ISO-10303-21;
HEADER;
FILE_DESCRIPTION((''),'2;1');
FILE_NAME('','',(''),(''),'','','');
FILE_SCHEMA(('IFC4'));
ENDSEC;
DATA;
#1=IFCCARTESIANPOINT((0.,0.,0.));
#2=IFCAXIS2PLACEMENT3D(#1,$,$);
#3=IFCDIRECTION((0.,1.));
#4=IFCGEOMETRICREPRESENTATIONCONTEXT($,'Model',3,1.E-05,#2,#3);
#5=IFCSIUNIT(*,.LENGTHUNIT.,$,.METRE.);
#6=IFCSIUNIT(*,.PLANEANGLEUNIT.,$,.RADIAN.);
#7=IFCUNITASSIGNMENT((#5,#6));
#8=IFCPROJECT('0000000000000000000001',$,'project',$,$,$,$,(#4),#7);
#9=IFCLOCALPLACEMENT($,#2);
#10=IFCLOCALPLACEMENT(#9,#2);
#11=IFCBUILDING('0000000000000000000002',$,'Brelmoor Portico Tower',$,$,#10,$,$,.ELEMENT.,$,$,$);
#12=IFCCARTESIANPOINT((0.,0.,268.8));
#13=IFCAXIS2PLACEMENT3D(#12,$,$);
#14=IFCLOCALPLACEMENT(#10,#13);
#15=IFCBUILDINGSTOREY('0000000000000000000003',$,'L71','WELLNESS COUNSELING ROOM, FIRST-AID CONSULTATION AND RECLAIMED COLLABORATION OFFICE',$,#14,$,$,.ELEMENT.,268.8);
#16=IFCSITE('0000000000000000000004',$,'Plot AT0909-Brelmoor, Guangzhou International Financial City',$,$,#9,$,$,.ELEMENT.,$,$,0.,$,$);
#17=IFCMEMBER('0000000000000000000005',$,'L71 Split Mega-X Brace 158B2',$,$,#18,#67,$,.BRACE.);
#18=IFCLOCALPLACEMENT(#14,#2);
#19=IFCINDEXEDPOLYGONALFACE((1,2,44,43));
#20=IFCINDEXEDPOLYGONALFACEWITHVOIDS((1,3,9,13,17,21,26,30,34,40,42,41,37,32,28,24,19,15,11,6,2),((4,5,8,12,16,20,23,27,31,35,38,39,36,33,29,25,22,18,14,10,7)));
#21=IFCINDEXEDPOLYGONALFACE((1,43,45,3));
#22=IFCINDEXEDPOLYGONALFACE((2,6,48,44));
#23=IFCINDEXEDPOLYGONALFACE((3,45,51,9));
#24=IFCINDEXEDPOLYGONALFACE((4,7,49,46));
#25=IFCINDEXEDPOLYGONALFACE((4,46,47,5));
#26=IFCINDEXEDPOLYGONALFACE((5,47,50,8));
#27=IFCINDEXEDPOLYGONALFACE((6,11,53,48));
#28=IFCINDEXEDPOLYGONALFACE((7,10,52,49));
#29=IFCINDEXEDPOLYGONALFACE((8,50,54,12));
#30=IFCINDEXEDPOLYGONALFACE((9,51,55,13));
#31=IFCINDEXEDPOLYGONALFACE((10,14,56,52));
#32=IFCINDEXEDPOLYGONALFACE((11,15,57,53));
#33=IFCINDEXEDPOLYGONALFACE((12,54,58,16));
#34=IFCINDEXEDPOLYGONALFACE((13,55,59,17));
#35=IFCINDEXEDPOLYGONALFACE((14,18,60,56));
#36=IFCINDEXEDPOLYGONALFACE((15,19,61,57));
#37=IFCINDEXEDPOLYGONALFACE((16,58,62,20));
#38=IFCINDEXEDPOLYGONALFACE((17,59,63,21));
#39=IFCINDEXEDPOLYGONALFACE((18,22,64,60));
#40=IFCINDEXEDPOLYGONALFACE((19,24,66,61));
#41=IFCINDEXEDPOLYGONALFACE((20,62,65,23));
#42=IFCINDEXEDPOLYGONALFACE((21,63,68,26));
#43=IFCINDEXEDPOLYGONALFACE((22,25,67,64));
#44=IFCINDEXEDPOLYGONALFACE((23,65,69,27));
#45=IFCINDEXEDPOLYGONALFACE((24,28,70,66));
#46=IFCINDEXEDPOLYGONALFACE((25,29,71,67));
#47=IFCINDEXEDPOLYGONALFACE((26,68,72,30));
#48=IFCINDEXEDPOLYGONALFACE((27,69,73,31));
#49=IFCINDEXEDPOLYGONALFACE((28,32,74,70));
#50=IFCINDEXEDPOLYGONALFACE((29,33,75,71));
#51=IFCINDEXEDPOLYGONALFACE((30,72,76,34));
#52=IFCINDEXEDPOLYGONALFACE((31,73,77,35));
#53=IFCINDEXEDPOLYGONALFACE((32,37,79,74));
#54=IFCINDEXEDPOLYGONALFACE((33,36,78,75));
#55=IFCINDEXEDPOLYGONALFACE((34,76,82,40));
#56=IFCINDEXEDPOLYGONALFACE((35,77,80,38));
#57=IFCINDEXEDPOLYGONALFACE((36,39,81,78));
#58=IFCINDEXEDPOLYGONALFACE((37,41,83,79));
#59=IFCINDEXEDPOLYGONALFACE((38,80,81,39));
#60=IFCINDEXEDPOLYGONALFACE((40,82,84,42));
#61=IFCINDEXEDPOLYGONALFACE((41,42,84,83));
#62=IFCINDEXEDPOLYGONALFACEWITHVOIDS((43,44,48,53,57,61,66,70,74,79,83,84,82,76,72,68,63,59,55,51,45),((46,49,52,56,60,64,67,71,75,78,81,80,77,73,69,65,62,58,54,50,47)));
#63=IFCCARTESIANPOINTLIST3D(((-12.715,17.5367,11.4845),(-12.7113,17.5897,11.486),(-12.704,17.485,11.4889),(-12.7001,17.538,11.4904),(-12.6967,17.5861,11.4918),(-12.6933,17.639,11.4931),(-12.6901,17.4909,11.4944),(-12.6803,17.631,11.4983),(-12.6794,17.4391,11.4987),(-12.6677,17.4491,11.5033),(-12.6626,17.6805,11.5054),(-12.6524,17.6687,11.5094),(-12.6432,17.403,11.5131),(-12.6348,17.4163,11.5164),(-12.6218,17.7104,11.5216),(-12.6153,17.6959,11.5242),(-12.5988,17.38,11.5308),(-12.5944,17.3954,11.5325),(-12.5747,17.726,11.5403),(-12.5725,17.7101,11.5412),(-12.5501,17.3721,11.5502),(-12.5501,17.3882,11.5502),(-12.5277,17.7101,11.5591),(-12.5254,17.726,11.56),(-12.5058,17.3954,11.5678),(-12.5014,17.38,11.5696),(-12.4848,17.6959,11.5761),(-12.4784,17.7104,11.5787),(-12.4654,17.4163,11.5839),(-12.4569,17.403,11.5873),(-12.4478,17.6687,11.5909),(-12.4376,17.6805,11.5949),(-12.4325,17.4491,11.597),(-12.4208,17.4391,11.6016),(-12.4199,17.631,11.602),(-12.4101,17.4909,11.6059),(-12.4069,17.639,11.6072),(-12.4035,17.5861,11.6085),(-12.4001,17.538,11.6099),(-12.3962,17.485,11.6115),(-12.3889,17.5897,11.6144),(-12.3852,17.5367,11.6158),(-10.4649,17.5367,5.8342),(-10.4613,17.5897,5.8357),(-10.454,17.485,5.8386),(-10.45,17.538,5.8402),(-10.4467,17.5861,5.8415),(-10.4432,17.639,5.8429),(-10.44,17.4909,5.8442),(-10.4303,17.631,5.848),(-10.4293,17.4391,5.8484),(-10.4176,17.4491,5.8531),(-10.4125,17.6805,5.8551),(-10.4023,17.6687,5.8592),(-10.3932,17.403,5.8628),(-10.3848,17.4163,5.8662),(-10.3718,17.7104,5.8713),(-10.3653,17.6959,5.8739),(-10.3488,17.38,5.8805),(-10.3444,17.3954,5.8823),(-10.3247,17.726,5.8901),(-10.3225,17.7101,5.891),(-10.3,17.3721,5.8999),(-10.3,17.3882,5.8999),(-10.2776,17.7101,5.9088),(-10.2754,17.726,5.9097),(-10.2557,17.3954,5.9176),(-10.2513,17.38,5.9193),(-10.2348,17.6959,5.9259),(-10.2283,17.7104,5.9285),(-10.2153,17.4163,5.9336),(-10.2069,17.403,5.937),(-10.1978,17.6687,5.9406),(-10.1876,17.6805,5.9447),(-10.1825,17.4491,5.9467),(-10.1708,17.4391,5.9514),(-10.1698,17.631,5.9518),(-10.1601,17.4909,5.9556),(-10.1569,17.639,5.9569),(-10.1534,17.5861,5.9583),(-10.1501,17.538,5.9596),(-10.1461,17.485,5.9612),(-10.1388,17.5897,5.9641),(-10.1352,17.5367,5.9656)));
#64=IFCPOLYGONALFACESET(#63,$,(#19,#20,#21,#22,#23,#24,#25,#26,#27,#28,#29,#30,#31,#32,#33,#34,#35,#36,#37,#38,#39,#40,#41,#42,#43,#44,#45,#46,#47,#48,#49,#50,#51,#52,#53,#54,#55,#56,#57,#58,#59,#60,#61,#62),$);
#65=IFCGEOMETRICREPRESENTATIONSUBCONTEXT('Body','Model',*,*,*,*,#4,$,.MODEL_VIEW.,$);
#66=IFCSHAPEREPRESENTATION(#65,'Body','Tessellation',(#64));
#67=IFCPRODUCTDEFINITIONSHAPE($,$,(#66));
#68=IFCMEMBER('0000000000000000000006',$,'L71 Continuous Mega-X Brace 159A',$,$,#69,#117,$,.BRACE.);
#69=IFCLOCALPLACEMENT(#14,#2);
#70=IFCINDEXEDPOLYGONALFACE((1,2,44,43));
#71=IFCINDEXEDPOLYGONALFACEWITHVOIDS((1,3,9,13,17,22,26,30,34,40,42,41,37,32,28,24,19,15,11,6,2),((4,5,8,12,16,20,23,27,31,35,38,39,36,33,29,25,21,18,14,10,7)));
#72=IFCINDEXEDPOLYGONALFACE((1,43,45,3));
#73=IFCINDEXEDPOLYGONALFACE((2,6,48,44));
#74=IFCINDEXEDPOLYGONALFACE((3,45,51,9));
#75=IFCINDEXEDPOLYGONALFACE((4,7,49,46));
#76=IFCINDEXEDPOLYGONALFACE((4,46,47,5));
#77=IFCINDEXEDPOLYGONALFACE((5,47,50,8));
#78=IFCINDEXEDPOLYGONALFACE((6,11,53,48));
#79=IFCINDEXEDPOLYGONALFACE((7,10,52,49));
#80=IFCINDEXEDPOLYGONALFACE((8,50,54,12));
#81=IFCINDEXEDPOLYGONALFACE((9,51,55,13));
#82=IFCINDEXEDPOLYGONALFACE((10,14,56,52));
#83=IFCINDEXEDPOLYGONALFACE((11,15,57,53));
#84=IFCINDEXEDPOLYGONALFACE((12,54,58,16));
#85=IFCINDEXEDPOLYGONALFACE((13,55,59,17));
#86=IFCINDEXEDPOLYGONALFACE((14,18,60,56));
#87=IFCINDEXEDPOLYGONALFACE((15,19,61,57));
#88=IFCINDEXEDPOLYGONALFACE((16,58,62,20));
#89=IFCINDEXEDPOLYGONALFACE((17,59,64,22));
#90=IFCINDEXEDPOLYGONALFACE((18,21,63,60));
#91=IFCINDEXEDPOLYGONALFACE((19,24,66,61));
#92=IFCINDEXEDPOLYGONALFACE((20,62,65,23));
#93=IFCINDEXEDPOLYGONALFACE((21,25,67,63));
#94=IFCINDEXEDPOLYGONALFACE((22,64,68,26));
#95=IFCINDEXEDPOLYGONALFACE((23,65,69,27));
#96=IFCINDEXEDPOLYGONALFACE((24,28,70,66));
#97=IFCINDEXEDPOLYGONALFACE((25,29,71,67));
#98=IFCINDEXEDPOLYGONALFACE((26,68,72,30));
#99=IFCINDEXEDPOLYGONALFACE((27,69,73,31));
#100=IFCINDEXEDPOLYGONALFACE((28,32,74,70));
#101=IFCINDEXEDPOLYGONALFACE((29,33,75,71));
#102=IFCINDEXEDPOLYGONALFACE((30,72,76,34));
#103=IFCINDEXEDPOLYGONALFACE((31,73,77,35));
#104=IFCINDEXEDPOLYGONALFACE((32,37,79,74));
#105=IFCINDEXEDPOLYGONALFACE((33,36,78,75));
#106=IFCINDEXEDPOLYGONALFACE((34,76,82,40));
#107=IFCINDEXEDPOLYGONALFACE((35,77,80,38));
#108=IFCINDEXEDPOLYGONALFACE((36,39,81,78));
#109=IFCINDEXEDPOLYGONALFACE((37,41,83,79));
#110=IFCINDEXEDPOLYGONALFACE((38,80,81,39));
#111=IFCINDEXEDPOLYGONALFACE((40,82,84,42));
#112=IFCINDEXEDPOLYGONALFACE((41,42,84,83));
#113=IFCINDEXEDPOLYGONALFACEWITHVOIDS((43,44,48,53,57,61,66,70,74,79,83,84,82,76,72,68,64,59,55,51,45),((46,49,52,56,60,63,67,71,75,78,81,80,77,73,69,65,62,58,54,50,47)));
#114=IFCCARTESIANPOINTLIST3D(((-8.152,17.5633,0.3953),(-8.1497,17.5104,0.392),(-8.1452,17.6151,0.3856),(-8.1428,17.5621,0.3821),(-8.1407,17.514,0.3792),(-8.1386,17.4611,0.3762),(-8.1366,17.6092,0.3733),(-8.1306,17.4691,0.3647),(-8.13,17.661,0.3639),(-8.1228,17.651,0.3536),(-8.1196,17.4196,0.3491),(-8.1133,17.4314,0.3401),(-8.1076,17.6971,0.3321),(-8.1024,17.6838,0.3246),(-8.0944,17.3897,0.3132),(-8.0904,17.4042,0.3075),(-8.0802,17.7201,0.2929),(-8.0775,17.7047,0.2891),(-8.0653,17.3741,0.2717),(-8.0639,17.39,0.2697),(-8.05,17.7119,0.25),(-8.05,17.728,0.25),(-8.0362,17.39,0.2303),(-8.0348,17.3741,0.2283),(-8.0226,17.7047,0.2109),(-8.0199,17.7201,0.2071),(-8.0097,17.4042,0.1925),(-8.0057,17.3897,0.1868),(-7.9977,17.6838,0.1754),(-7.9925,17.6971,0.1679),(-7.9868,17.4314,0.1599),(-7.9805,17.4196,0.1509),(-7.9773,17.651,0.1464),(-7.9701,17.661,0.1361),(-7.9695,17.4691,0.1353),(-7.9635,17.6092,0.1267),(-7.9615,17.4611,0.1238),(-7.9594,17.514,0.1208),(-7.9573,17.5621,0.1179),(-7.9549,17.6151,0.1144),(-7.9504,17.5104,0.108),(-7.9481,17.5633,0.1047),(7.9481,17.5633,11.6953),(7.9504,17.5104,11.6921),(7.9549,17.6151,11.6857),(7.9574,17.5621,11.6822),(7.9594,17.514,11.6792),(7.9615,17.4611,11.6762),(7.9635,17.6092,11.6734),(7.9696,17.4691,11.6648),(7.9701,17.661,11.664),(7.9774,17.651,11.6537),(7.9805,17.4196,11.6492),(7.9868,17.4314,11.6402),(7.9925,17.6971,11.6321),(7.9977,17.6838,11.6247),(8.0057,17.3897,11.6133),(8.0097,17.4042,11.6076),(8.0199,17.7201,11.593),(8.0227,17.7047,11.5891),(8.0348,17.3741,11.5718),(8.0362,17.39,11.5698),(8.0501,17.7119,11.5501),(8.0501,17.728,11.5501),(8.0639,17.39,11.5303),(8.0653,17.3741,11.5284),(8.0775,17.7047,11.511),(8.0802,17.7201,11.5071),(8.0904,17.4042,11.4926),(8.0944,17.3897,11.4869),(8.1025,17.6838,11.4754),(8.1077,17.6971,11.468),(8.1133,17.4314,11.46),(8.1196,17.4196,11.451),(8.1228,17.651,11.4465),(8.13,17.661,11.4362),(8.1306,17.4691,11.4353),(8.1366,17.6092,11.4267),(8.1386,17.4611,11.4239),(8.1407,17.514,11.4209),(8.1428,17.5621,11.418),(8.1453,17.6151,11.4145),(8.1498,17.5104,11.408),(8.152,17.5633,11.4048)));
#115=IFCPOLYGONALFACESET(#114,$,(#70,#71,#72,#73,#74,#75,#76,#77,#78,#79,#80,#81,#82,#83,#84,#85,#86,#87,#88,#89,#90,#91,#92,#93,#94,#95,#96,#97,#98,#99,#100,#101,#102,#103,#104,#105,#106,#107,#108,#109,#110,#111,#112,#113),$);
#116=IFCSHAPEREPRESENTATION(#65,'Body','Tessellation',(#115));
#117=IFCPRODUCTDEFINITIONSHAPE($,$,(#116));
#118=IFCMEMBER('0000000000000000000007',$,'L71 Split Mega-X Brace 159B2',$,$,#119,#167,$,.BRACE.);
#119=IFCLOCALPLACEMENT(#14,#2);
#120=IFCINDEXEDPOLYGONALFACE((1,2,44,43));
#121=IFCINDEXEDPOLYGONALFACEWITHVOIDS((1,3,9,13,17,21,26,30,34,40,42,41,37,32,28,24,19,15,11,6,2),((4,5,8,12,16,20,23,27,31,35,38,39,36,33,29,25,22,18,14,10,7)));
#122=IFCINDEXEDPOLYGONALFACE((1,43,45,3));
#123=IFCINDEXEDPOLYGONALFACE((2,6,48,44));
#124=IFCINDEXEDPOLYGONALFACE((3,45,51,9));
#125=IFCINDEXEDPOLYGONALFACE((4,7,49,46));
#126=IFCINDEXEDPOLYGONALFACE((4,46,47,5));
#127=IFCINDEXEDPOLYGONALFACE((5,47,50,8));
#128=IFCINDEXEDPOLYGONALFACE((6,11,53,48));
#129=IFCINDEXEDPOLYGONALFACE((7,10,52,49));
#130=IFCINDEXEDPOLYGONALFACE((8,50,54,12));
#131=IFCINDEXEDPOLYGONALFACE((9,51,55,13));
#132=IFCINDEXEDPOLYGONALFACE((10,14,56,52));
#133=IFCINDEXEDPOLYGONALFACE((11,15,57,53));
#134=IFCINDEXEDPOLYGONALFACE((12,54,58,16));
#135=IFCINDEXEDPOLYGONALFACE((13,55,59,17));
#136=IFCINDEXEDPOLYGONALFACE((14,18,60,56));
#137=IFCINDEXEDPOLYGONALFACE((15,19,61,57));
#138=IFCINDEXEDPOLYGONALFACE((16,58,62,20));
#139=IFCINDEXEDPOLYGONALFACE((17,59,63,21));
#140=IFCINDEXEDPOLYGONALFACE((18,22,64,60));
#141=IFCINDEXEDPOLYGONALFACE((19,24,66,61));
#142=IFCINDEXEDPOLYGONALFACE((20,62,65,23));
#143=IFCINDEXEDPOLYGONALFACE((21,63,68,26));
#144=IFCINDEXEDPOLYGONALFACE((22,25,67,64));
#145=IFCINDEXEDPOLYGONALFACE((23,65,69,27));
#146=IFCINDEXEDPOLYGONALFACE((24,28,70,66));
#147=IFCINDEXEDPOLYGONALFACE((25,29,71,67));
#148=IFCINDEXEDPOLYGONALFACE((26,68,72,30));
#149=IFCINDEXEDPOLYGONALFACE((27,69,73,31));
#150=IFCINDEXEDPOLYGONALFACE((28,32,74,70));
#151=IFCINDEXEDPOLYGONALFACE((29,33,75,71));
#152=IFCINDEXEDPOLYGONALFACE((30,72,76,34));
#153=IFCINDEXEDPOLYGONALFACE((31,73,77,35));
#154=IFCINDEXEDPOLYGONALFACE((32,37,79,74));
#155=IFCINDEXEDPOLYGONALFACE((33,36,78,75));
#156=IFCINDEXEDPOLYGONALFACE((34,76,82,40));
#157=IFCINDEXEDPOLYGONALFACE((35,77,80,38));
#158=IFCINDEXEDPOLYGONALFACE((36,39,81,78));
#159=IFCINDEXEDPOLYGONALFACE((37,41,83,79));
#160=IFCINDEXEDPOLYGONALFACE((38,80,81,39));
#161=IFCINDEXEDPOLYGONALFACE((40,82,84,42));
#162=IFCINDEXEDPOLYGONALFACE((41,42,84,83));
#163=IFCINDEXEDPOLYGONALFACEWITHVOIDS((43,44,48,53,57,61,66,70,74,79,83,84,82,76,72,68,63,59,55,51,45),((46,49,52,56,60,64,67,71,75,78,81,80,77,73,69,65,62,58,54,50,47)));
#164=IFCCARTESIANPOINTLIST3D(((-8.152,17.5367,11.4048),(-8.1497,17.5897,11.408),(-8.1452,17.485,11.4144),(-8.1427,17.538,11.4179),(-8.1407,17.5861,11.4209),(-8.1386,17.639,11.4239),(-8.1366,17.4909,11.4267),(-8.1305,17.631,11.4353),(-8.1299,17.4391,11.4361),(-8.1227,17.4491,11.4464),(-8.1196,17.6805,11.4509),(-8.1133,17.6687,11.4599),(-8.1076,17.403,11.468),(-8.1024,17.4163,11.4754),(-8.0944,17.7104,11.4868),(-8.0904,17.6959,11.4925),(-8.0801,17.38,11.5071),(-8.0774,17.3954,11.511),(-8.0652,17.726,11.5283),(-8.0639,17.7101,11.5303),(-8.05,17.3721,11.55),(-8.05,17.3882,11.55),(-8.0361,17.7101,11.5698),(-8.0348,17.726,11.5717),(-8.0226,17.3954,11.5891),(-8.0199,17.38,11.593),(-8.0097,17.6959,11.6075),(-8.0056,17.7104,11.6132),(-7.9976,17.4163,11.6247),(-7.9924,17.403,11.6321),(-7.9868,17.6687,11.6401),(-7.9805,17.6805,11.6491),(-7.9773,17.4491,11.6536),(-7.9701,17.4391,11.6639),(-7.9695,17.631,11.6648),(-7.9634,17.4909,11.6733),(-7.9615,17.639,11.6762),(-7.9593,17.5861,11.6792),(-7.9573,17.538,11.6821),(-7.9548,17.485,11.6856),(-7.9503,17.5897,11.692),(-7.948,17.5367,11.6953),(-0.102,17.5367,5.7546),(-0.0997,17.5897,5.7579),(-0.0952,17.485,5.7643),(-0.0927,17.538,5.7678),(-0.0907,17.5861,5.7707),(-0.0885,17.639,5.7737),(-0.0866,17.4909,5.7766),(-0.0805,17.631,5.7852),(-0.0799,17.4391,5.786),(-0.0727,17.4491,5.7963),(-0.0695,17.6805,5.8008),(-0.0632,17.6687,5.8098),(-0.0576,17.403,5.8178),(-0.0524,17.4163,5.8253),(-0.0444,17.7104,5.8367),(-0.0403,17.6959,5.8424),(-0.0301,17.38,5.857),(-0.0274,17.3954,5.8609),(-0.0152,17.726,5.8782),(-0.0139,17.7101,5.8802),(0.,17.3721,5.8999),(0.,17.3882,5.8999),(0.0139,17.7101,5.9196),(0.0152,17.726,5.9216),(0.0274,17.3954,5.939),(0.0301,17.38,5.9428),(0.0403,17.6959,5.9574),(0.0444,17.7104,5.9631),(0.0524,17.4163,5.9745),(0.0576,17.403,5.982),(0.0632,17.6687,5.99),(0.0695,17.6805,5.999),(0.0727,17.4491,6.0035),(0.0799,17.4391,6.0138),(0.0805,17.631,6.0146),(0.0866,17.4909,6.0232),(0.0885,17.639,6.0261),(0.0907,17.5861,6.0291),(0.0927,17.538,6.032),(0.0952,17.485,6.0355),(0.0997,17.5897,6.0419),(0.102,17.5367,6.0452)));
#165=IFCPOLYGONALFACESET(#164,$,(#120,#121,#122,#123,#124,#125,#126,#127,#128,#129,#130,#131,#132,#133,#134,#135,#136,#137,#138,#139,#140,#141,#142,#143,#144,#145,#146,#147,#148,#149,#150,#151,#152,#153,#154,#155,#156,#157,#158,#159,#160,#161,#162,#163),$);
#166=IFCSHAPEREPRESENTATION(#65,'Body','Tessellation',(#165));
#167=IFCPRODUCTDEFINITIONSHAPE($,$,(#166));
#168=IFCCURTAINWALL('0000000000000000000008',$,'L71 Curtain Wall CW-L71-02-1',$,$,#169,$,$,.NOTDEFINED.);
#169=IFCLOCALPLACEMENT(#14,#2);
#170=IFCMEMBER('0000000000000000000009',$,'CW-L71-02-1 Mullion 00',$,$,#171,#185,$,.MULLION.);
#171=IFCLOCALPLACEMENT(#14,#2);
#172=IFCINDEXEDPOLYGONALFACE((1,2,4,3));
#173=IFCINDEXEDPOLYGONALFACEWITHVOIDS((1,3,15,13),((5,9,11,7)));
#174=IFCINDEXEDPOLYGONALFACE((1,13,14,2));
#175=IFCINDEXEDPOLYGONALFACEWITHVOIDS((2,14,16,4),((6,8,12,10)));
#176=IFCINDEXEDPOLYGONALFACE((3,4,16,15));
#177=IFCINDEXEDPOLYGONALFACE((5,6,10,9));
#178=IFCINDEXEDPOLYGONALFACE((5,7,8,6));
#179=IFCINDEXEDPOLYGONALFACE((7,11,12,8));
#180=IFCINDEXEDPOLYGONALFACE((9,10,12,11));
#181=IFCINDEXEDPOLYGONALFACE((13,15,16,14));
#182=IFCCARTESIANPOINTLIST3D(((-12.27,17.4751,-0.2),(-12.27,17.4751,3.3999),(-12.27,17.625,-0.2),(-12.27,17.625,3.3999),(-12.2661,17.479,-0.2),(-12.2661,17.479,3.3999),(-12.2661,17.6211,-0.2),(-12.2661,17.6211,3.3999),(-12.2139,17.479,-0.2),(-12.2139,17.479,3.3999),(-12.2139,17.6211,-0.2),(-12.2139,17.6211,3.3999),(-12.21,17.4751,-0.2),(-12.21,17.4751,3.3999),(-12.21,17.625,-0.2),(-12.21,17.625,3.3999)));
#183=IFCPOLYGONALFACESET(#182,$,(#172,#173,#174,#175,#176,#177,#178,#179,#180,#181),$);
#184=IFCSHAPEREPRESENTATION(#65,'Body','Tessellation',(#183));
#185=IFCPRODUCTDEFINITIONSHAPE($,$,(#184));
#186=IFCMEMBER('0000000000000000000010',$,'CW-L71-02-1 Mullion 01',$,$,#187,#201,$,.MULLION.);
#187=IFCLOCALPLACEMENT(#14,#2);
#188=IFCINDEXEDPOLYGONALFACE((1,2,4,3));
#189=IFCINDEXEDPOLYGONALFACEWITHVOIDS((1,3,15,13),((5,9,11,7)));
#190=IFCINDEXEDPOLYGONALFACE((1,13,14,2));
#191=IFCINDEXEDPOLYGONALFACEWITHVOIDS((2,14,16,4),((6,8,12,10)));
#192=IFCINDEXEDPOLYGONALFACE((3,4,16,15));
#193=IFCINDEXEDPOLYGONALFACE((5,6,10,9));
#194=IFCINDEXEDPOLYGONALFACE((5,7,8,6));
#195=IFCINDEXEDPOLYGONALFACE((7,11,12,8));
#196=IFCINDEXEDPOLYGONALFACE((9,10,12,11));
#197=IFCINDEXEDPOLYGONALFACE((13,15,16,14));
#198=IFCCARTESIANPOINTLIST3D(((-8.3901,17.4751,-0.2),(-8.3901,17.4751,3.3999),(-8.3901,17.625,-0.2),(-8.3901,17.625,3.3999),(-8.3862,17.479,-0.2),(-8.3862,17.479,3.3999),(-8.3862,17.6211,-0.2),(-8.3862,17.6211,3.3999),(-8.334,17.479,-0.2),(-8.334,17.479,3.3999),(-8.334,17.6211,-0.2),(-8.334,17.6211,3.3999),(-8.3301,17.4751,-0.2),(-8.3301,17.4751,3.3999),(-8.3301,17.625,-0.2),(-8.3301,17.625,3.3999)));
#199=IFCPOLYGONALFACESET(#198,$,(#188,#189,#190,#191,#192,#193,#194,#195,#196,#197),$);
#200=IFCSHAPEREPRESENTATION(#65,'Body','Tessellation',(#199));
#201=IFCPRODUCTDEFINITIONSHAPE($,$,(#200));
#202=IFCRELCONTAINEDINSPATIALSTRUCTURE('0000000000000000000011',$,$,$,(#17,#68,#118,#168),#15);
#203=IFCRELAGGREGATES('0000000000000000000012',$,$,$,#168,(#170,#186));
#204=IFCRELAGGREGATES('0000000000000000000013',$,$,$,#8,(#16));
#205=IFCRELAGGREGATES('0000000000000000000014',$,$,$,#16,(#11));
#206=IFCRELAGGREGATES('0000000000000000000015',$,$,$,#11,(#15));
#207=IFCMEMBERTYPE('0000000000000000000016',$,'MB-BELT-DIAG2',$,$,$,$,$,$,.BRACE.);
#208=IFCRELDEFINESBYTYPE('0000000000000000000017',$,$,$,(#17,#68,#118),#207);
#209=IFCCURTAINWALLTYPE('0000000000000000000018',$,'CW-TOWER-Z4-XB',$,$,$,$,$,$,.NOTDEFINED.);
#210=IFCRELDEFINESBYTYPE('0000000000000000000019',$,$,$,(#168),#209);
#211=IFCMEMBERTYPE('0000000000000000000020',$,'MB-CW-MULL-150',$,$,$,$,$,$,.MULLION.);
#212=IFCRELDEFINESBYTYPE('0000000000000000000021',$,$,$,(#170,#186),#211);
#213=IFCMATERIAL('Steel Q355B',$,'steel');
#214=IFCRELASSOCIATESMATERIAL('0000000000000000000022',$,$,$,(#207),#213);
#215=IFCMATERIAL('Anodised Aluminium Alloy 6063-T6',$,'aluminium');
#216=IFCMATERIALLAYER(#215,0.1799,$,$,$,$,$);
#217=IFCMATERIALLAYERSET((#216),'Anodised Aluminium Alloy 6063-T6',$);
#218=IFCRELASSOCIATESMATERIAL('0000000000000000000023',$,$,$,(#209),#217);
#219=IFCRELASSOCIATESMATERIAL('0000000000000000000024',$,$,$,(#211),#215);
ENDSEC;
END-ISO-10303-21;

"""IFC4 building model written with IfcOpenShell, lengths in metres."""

from ifc_helpers import new_model, si_unit, direction, frame, origin, origin_2d, place, context, subcontext, project, spatial, hollow_rectangle, hollow_circle, extrude, material, layer, layer_set, material_profile, profile_set, type_object, element, aggregate, save


model = new_model("IFC4")

# Units and contexts
model_context = context("Model", 3, precision=1e-05, world=origin(), true_north=direction((0.0, 1.0)))
body_context = subcontext(model_context, "Body", "Model", "MODEL_VIEW")
ifc_project = project(units=[si_unit("LENGTHUNIT", "METRE"), si_unit("PLANEANGLEUNIT", "RADIAN")], contexts=[model_context])

# Site, building, storey
site_placement = place(None, origin())
site = spatial("IfcSite", under=ifc_project, at=site_placement, Name="Plot AT0909-Brelmoor, Guangzhou International Financial City", CompositionType="ELEMENT", RefElevation=0.0)
building_placement = place(site_placement, origin())
building = spatial("IfcBuilding", under=site, at=building_placement, Name="Brelmoor Portico Tower", CompositionType="ELEMENT")
storey_placement = place(building_placement, frame((0.0, 0.0, 268.8)))
storey = spatial("IfcBuildingStorey", under=building, at=storey_placement, Name="L71", Description="WELLNESS COUNSELING ROOM, FIRST-AID CONSULTATION AND RECLAIMED COLLABORATION OFFICE", CompositionType="ELEMENT", Elevation=268.8)

# Shared definitions
ifc_material_1 = material(Name="Steel Q355B", Category="steel")

# Members
ifc_material_profile_1 = material_profile(ifc_material_1, hollow_circle(Radius=0.178, WallThickness=0.0161, at=origin_2d()), Name="CHS 356x16")
ifc_profile_set_1 = profile_set([ifc_material_profile_1], Name="Steel Q355B")
member_type_1 = type_object("IfcMemberType", Name="MB-BELT-DIAG2", PredefinedType="BRACE", material=ifc_profile_set_1)
member_1_placement = place(storey_placement, frame((-10.3, 17.55, 5.8999), z_axis=(-0.369964, 0.0, 0.929046), x_axis=(0.0, -1.0, 0.0)))
element("IfcMember", 1, at=member_1_placement, inside=storey, type_object=member_type_1, Name="L71 Split Mega-X Brace 158B2", PredefinedType="BRACE", context=body_context, shape_type="SweptSolid", body=[
    extrude(hollow_circle(Radius=0.178, WallThickness=0.0161, at=origin_2d()), origin(), (0.0, 0.0, 1.0), 6.0818),
])
member_2_placement = place(storey_placement, frame((-8.05, 17.55, 0.25), z_axis=(0.818515, 0.0, 0.574485), x_axis=(0.0, 1.0, 0.0)))
element("IfcMember", 2, at=member_2_placement, inside=storey, type_object=member_type_1, Name="L71 Continuous Mega-X Brace 159A", PredefinedType="BRACE", context=body_context, shape_type="SweptSolid", body=[
    extrude(hollow_circle(Radius=0.178, WallThickness=0.0161, at=origin_2d()), origin(), (0.0, 0.0, 1.0), 19.6699),
])
member_3_placement = place(storey_placement, frame((0.0, 17.55, 5.8999), z_axis=(-0.818509, 0.0, 0.574493), x_axis=(0.0, -1.0, 0.0)))
element("IfcMember", 3, at=member_3_placement, inside=storey, type_object=member_type_1, Name="L71 Split Mega-X Brace 159B2", PredefinedType="BRACE", context=body_context, shape_type="SweptSolid", body=[
    extrude(hollow_circle(Radius=0.178, WallThickness=0.0161, at=origin_2d()), origin(), (0.0, 0.0, 1.0), 9.835),
])

# Curtain wall, members
ifc_material_2 = material(Name="Anodised Aluminium Alloy 6063-T6", Category="aluminium")
ifc_layer_1 = layer(ifc_material_2, 0.1799)
ifc_layer_set_1 = layer_set([ifc_layer_1], Name="Anodised Aluminium Alloy 6063-T6")
curtain_wall_type = type_object("IfcCurtainWallType", Name="CW-TOWER-Z4-XB", PredefinedType="NOTDEFINED", material=ifc_layer_set_1)
curtain_wall_1_placement = place(storey_placement, origin())
curtain_wall_1 = element("IfcCurtainWall", 4, at=curtain_wall_1_placement, inside=storey, type_object=curtain_wall_type, Name="L71 Curtain Wall CW-L71-02-1", PredefinedType="NOTDEFINED")
ifc_material_profile_2 = material_profile(ifc_material_2, hollow_rectangle(XDim=0.0601, YDim=0.1499, WallThickness=0.0039, at=origin_2d()), Name="ALU MULLION 60x150")
ifc_profile_set_2 = profile_set([ifc_material_profile_2], Name="Anodised Aluminium Alloy 6063-T6")
member_type_2 = type_object("IfcMemberType", Name="MB-CW-MULL-150", PredefinedType="MULLION", material=ifc_profile_set_2)
member_4_placement = place(storey_placement, frame((-12.24, 17.55, -0.2), z_axis=(0.0, 0.0, 1.0), x_axis=(1.0, 0.0, 0.0)))
member_4 = element("IfcMember", 5, at=member_4_placement, type_object=member_type_2, Name="CW-L71-02-1 Mullion 00", PredefinedType="MULLION", context=body_context, shape_type="SweptSolid", body=[
    extrude(hollow_rectangle(XDim=0.0601, YDim=0.1499, WallThickness=0.0039, at=origin_2d()), origin(), (0.0, 0.0, 1.0), 3.5999),
])
member_5_placement = place(storey_placement, frame((-8.3601, 17.55, -0.2), z_axis=(0.0, 0.0, 1.0), x_axis=(1.0, 0.0, 0.0)))
member_5 = element("IfcMember", 6, at=member_5_placement, type_object=member_type_2, Name="CW-L71-02-1 Mullion 01", PredefinedType="MULLION", context=body_context, shape_type="SweptSolid", body=[
    extrude(hollow_rectangle(XDim=0.0601, YDim=0.1499, WallThickness=0.0039, at=origin_2d()), origin(), (0.0, 0.0, 1.0), 3.5999),
])

aggregate(curtain_wall_1, [member_4, member_5])

save(model, "model.ifc")
